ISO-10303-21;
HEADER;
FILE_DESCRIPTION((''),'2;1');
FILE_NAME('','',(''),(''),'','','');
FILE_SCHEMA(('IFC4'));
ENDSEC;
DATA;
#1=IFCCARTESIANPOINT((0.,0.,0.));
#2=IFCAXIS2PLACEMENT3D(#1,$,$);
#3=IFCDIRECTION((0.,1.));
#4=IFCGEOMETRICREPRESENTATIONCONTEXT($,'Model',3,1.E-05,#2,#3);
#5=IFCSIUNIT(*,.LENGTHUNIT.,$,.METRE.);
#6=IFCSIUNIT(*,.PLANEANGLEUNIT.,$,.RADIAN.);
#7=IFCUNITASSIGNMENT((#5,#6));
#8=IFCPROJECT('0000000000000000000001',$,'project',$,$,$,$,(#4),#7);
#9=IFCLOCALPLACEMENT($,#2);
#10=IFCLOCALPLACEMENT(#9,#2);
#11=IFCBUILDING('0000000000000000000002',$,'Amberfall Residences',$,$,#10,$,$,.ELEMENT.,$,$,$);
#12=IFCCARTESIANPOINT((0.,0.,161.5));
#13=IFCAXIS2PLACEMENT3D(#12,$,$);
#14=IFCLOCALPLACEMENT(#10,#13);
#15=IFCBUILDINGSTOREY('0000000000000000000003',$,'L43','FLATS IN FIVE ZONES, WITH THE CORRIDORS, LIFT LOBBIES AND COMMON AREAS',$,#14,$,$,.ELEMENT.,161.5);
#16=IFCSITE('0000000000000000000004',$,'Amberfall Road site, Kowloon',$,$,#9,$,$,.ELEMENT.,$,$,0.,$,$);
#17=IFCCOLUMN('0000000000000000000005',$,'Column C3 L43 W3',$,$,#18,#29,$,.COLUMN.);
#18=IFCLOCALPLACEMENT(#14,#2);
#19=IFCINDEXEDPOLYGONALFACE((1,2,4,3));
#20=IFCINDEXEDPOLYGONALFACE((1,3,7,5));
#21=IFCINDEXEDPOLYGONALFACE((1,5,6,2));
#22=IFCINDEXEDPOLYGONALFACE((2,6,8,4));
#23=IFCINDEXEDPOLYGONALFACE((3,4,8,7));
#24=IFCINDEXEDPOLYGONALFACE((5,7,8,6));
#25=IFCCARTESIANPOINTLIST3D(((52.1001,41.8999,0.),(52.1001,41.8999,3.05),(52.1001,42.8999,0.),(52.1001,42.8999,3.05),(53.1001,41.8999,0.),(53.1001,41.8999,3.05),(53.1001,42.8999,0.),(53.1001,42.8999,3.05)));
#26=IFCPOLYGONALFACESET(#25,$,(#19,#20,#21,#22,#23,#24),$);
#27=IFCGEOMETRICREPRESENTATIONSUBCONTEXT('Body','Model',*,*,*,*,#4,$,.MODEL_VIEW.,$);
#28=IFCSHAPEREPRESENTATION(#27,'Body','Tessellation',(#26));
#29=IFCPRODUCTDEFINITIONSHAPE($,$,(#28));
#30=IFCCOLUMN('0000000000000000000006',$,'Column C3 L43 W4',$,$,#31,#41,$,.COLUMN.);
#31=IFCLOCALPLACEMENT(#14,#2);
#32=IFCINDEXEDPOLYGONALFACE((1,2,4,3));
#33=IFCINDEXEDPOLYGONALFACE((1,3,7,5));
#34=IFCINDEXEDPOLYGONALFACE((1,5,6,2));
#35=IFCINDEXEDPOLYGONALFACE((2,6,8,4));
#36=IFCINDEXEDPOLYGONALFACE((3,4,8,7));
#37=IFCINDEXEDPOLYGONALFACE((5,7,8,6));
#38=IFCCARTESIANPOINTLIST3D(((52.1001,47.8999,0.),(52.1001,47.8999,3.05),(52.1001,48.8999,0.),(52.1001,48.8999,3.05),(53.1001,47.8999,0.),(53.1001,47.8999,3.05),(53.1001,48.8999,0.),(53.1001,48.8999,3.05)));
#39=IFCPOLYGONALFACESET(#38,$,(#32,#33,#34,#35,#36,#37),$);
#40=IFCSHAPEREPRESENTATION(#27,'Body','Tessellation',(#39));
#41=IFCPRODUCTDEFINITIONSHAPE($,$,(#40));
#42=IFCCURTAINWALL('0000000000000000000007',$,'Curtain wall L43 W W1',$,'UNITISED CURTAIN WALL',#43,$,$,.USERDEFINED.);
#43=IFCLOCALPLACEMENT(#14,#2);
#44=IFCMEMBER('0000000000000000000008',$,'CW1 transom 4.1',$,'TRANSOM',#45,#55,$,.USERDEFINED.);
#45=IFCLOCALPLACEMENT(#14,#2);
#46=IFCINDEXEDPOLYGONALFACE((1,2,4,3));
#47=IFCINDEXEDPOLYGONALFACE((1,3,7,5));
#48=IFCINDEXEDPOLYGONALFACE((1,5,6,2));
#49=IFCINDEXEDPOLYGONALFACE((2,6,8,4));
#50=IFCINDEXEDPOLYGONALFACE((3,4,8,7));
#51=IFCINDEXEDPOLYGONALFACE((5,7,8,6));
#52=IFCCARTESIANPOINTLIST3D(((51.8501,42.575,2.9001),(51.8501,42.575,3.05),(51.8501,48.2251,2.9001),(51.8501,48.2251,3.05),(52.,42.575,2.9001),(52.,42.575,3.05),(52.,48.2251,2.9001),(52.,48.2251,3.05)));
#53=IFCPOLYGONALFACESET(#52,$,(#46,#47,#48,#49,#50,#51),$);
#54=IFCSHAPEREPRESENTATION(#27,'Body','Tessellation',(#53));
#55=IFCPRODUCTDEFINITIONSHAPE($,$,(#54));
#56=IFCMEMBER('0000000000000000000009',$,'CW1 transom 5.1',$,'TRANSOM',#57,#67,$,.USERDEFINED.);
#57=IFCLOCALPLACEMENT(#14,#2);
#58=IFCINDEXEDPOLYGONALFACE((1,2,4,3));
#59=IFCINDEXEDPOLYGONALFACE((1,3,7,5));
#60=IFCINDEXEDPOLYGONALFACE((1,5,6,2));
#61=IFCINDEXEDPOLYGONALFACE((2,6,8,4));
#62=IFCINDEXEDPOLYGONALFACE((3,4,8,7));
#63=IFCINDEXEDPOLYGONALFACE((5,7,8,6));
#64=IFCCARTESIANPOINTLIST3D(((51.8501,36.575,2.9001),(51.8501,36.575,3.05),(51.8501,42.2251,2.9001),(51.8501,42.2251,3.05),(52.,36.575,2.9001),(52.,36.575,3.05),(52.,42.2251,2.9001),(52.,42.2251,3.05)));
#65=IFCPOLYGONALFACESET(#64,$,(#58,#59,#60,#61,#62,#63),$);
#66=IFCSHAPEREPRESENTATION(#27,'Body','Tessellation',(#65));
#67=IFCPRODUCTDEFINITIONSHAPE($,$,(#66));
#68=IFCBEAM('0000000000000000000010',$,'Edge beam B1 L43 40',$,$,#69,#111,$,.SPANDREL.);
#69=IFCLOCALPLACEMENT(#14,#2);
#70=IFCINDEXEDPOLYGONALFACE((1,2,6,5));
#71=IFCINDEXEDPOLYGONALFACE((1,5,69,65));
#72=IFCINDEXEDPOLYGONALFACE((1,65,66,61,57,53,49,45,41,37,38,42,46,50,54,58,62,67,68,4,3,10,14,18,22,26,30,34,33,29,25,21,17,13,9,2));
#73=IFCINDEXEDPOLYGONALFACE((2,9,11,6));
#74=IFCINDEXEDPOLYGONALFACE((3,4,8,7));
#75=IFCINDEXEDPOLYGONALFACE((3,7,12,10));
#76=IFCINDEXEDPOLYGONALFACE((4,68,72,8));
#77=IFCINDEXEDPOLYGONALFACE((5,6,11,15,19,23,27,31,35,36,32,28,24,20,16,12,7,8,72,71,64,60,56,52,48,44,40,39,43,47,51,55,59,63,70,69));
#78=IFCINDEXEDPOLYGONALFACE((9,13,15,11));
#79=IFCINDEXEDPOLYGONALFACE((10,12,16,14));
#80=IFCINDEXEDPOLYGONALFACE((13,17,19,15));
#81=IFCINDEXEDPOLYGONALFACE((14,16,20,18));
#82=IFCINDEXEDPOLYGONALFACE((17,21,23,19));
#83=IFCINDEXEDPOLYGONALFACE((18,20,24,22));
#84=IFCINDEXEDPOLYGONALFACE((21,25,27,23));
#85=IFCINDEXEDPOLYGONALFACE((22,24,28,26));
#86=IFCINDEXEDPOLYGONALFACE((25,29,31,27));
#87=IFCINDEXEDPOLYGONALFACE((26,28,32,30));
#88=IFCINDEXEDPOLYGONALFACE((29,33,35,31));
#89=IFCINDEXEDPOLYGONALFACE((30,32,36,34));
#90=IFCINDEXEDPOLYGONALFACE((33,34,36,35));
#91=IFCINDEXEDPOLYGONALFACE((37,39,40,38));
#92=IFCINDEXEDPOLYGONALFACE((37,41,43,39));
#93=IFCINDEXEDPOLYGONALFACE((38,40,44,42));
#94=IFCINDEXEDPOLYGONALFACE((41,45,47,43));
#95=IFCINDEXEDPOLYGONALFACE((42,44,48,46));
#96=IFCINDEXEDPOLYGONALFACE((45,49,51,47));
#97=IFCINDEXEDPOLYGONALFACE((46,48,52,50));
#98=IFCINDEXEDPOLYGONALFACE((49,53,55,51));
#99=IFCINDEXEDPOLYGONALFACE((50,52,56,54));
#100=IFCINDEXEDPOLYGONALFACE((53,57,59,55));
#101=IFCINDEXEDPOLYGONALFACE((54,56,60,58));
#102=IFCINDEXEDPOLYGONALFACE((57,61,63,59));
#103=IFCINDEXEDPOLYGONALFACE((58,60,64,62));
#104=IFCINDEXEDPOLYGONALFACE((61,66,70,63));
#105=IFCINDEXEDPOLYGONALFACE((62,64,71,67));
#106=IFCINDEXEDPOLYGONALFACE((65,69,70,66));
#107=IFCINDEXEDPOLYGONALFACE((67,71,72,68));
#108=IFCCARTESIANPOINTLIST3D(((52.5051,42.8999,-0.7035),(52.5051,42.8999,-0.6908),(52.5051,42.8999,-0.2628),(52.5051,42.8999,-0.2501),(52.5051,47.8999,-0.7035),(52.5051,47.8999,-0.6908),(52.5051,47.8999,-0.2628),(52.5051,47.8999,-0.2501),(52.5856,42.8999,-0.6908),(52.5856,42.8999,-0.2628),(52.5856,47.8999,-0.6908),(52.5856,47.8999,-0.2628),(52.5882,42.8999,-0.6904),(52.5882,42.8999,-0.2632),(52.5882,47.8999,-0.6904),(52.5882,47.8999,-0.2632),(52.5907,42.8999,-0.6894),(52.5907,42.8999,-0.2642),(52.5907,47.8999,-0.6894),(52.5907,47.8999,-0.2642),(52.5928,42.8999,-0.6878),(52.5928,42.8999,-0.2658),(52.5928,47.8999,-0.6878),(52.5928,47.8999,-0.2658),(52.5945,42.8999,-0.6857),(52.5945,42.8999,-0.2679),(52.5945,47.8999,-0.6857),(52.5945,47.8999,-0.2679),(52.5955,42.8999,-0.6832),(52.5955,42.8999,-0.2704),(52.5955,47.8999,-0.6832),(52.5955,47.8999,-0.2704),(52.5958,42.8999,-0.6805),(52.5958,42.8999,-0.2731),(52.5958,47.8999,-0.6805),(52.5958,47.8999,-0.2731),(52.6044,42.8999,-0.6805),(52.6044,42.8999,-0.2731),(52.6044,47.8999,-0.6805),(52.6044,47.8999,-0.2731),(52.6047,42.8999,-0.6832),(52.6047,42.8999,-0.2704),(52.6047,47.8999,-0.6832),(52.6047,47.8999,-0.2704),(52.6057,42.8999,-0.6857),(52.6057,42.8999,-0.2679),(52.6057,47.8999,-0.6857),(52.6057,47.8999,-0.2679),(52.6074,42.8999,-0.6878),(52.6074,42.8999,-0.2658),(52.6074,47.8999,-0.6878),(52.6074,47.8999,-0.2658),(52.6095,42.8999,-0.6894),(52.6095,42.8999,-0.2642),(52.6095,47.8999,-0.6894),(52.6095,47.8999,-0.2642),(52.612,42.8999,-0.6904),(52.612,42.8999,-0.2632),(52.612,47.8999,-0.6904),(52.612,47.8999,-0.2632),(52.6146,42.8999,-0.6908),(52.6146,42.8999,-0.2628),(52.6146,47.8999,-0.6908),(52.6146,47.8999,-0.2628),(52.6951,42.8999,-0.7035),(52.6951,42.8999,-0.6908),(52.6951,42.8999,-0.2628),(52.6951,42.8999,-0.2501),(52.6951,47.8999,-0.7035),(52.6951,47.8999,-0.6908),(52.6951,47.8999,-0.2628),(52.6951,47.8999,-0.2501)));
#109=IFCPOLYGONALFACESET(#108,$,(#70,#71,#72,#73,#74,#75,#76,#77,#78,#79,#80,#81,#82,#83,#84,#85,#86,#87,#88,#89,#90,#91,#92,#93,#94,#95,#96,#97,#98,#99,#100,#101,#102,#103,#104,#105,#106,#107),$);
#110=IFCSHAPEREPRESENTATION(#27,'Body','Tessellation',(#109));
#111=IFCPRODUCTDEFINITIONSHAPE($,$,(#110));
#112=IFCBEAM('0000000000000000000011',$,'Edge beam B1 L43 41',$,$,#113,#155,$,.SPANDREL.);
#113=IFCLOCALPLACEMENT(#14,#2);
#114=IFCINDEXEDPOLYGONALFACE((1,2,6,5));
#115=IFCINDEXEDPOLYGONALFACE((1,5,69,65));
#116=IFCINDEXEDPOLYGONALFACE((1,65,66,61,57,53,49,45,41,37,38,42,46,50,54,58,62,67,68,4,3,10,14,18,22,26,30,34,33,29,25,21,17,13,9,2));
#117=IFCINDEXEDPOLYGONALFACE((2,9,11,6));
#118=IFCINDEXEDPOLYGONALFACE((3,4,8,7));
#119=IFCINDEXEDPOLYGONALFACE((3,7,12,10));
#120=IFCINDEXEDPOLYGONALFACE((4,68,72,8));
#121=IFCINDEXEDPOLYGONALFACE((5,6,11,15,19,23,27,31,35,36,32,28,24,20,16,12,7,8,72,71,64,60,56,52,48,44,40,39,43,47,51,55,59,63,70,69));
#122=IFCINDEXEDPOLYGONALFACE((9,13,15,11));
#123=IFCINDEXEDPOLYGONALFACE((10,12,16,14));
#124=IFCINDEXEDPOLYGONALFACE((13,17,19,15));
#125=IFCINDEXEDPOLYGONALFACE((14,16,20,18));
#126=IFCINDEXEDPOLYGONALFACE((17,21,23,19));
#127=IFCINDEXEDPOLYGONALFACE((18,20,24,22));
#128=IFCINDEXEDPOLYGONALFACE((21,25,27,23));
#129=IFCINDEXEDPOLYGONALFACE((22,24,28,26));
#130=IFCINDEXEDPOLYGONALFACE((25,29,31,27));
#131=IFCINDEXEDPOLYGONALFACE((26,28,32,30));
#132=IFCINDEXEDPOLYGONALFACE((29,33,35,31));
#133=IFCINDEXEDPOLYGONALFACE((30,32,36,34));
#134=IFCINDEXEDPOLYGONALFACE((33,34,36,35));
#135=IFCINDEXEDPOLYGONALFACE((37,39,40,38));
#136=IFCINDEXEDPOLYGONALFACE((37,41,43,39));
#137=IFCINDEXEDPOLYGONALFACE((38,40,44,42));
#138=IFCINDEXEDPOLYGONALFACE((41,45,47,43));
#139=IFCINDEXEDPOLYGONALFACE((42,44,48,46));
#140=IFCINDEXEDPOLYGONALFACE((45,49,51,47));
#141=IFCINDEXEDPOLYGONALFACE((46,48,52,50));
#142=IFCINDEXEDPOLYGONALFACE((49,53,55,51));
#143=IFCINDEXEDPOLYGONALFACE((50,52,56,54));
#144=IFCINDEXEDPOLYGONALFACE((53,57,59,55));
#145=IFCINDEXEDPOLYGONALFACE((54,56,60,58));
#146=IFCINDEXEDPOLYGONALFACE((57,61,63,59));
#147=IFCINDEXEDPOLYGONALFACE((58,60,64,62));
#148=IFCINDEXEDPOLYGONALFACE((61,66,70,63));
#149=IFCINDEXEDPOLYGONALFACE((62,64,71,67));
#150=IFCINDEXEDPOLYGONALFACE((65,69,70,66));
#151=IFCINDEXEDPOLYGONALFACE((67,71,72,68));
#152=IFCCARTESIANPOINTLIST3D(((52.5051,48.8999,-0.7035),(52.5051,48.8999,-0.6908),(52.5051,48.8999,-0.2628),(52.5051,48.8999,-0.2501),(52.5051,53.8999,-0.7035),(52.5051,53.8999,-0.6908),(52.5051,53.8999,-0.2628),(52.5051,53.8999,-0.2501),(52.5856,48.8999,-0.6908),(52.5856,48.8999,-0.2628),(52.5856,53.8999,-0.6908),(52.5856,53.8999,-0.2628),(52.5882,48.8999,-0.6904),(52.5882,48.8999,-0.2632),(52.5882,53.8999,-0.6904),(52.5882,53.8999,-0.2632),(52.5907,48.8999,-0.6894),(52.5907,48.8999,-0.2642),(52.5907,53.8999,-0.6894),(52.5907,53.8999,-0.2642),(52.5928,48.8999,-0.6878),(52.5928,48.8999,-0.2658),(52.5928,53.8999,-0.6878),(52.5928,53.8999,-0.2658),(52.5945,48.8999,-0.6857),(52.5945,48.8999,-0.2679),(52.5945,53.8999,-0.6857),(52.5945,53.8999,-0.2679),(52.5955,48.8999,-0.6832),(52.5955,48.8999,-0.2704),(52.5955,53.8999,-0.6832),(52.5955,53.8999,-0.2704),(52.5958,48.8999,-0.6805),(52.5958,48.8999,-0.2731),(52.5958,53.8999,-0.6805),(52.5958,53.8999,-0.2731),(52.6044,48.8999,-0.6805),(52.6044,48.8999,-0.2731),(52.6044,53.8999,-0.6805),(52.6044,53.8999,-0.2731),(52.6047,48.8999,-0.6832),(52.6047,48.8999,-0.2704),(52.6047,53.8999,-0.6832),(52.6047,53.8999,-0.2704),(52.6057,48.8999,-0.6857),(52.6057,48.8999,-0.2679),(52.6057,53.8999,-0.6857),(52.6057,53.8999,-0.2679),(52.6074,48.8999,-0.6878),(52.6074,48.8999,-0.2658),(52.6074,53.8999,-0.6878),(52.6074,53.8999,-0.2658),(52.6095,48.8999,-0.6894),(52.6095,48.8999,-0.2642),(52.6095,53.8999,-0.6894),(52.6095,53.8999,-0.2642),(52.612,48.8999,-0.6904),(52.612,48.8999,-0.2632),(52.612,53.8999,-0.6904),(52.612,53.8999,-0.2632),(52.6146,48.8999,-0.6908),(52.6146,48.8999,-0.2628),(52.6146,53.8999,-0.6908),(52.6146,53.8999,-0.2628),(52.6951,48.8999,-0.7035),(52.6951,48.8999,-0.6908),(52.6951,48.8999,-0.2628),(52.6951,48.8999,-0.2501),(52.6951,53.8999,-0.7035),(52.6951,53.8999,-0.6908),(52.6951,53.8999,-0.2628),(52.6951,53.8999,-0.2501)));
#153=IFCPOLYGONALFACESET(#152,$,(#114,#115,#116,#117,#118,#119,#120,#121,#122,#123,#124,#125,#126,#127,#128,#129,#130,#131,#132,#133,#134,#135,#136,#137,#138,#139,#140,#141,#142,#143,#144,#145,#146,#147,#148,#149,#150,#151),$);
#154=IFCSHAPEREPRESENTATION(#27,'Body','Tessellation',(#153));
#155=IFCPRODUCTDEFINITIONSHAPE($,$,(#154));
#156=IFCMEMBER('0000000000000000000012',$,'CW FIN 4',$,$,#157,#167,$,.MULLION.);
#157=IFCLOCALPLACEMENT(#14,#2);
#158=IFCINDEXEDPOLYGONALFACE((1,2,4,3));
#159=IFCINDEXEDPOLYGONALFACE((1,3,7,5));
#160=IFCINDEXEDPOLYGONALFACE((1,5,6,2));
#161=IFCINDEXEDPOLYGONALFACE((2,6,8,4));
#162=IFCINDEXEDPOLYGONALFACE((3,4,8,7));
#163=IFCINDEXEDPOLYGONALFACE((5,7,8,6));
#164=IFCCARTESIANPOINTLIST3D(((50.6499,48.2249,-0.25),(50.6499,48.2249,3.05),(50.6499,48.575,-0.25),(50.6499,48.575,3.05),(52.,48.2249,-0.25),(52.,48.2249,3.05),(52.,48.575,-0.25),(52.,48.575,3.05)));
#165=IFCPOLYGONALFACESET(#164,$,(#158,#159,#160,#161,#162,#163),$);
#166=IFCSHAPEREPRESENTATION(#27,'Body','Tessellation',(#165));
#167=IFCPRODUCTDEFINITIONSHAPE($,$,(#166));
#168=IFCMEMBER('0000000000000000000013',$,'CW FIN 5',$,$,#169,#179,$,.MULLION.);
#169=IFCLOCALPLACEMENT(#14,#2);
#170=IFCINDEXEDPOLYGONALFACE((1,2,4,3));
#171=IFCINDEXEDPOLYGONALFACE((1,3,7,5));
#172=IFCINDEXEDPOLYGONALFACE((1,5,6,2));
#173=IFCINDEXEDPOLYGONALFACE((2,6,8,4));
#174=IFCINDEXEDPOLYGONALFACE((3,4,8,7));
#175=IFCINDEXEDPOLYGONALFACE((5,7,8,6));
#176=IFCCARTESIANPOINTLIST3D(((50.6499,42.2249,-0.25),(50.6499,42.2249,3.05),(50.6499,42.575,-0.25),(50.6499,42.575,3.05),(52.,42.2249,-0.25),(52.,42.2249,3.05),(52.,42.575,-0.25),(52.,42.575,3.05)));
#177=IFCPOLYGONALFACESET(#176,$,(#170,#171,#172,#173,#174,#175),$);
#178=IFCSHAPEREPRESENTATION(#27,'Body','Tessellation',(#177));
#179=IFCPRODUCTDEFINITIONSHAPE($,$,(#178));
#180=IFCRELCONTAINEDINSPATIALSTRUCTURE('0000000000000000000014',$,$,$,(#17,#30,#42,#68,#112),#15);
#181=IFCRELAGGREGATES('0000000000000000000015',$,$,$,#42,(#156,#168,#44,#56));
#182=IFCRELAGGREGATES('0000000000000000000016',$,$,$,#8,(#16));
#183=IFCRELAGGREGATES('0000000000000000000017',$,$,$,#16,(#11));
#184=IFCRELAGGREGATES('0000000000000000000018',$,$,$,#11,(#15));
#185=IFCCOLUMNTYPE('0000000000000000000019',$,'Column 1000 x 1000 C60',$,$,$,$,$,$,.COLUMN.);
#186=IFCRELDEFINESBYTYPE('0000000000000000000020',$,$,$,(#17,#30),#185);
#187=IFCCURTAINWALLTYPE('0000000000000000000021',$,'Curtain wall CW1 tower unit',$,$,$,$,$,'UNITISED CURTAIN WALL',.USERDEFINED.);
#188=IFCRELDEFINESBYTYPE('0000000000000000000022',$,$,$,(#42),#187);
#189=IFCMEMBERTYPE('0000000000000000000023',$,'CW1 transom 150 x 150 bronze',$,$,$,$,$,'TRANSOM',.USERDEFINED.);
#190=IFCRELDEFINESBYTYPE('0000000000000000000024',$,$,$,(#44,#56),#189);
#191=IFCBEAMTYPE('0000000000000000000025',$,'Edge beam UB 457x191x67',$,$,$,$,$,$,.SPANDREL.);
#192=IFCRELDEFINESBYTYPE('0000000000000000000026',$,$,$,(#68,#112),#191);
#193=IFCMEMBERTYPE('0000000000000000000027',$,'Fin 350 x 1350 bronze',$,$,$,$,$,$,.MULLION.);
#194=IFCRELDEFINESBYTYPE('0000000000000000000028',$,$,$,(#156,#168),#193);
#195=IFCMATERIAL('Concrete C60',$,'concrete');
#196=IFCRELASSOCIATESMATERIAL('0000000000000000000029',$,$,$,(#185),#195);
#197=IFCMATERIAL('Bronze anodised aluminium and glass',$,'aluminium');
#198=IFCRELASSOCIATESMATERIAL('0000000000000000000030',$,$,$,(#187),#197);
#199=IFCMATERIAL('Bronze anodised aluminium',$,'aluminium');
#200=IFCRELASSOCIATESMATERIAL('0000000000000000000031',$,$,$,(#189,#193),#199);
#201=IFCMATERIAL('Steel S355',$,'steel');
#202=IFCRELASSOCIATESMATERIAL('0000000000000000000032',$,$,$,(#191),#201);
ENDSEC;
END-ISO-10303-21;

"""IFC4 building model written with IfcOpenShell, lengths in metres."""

from ifc_helpers import new_model, si_unit, direction, frame, origin, origin_2d, place, context, subcontext, project, spatial, rectangle, i_section, extrude, material, material_profile, profile_set, type_object, element, aggregate, save


model = new_model("IFC4")

# Units and contexts
model_context = context("Model", 3, precision=1e-05, world=origin(), true_north=direction((0.0, 1.0)))
body_context = subcontext(model_context, "Body", "Model", "MODEL_VIEW")
ifc_project = project(units=[si_unit("LENGTHUNIT", "METRE"), si_unit("PLANEANGLEUNIT", "RADIAN")], contexts=[model_context])

# Site, building, storey
site_placement = place(None, origin())
site = spatial("IfcSite", under=ifc_project, at=site_placement, Name="Amberfall Road site, Kowloon", CompositionType="ELEMENT", RefElevation=0.0)
building_placement = place(site_placement, origin())
building = spatial("IfcBuilding", under=site, at=building_placement, Name="Amberfall Residences", CompositionType="ELEMENT")
storey_placement = place(building_placement, frame((0.0, 0.0, 161.5)))
storey = spatial("IfcBuildingStorey", under=building, at=storey_placement, Name="L43", Description="FLATS IN FIVE ZONES, WITH THE CORRIDORS, LIFT LOBBIES AND COMMON AREAS", CompositionType="ELEMENT", Elevation=161.5)

# Columns
ifc_material_1 = material(Name="Concrete C60", Category="concrete")
ifc_material_profile_1 = material_profile(ifc_material_1, rectangle(XDim=1.0, YDim=1.0, at=origin_2d()), Name="Column 1000 x 1000 C60")
ifc_profile_set_1 = profile_set([ifc_material_profile_1], Name="Concrete C60")
column_type = type_object("IfcColumnType", Name="Column 1000 x 1000 C60", PredefinedType="COLUMN", material=ifc_profile_set_1)
for number, where, z_axis, x_axis, name in (
    (1, (52.6001, 42.3999, 0.0), (0.0, 0.0, 1.0), (1.0, 0.0, 0.0), "Column C3 L43 W3"),
    (2, (52.6001, 48.3999, 0.0), (0.0, 0.0, 1.0), (1.0, 0.0, 0.0), "Column C3 L43 W4"),
):
    element("IfcColumn", number, at=place(storey_placement, frame(where, z_axis=z_axis, x_axis=x_axis)), inside=storey, type_object=column_type, Name=name, PredefinedType="COLUMN", context=body_context, shape_type="SweptSolid", body=[
        extrude(rectangle(XDim=1.0, YDim=1.0, at=origin_2d()), origin(), (0.0, 0.0, 1.0), 3.05),
    ])

# Curtain wall, members
ifc_material_2 = material(Name="Bronze anodised aluminium and glass", Category="aluminium")
curtain_wall_type = type_object("IfcCurtainWallType", Name="Curtain wall CW1 tower unit", ElementType="UNITISED CURTAIN WALL", PredefinedType="USERDEFINED", material=ifc_material_2)
curtain_wall_placement = place(storey_placement, origin())
curtain_wall = element("IfcCurtainWall", 3, at=curtain_wall_placement, inside=storey, type_object=curtain_wall_type, Name="Curtain wall L43 W W1", ObjectType="UNITISED CURTAIN WALL", PredefinedType="USERDEFINED")
ifc_material_3 = material(Name="Bronze anodised aluminium", Category="aluminium")
ifc_material_profile_2 = material_profile(ifc_material_3, rectangle(XDim=0.1499, YDim=0.1499, at=origin_2d()), Name="CW1 transom 150 x 150 bronze")
ifc_profile_set_2 = profile_set([ifc_material_profile_2], Name="Bronze anodised aluminium")
member_type_1 = type_object("IfcMemberType", Name="CW1 transom 150 x 150 bronze", ElementType="TRANSOM", PredefinedType="USERDEFINED", material=ifc_profile_set_2)
member_1_placement = place(storey_placement, frame((51.925, 48.2251, 2.9751), z_axis=(0.0, -1.0, 0.0), x_axis=(1.0, 0.0, 0.0)))
member_1 = element("IfcMember", 4, at=member_1_placement, type_object=member_type_1, Name="CW1 transom 4.1", ObjectType="TRANSOM", PredefinedType="USERDEFINED", context=body_context, shape_type="SweptSolid", body=[
    extrude(rectangle(XDim=0.1499, YDim=0.1499, at=origin_2d()), origin(), (0.0, 0.0, 1.0), 5.6501),
])
member_2_placement = place(storey_placement, frame((51.925, 42.2251, 2.9751), z_axis=(0.0, -1.0, 0.0), x_axis=(1.0, 0.0, 0.0)))
member_2 = element("IfcMember", 5, at=member_2_placement, type_object=member_type_1, Name="CW1 transom 5.1", ObjectType="TRANSOM", PredefinedType="USERDEFINED", context=body_context, shape_type="SweptSolid", body=[
    extrude(rectangle(XDim=0.1499, YDim=0.1499, at=origin_2d()), origin(), (0.0, 0.0, 1.0), 5.6501),
])

# Beams
ifc_material_4 = material(Name="Steel S355", Category="steel")
ifc_material_profile_3 = material_profile(ifc_material_4, i_section(OverallWidth=0.1899, OverallDepth=0.4534, WebThickness=0.0085, FlangeThickness=0.0127, FilletRadius=0.0103, at=origin_2d()), Name="UB 457x191x67")
ifc_profile_set_3 = profile_set([ifc_material_profile_3], Name="Steel S355")
beam_type_1 = type_object("IfcBeamType", Name="Edge beam UB 457x191x67", PredefinedType="SPANDREL", material=ifc_profile_set_3)
for number, where, z_axis, x_axis, name in (
    (6, (52.6001, 42.8999, -0.4768), (0.0, 1.0, 0.0), (-1.0, 0.0, 0.0), "Edge beam B1 L43 40"),
    (7, (52.6001, 48.8999, -0.4768), (0.0, 1.0, 0.0), (-1.0, 0.0, 0.0), "Edge beam B1 L43 41"),
):
    element("IfcBeam", number, at=place(storey_placement, frame(where, z_axis=z_axis, x_axis=x_axis)), inside=storey, type_object=beam_type_1, Name=name, PredefinedType="SPANDREL", context=body_context, shape_type="SweptSolid", body=[
        extrude(i_section(OverallWidth=0.1899, OverallDepth=0.4534, WebThickness=0.0085, FlangeThickness=0.0127, FilletRadius=0.0103, at=origin_2d()), origin(), (0.0, 0.0, 1.0), 5.0),
    ])

# Members
ifc_material_profile_4 = material_profile(ifc_material_3, rectangle(XDim=1.3501, YDim=0.3501, at=origin_2d()), Name="Fin 350 x 1350 bronze")
ifc_profile_set_4 = profile_set([ifc_material_profile_4], Name="Bronze anodised aluminium")
member_type_2 = type_object("IfcMemberType", Name="Fin 350 x 1350 bronze", PredefinedType="MULLION", material=ifc_profile_set_4)
member_3_placement = place(storey_placement, frame((51.325, 48.3999, -0.25), z_axis=(0.0, 0.0, 1.0), x_axis=(1.0, 0.0, 0.0)))
member_3 = element("IfcMember", 8, at=member_3_placement, type_object=member_type_2, Name="CW FIN 4", PredefinedType="MULLION", context=body_context, shape_type="SweptSolid", body=[
    extrude(rectangle(XDim=1.3501, YDim=0.3501, at=origin_2d()), origin(), (0.0, 0.0, 1.0), 3.3),
])
member_4_placement = place(storey_placement, frame((51.325, 42.3999, -0.25), z_axis=(0.0, 0.0, 1.0), x_axis=(1.0, 0.0, 0.0)))
member_4 = element("IfcMember", 9, at=member_4_placement, type_object=member_type_2, Name="CW FIN 5", PredefinedType="MULLION", context=body_context, shape_type="SweptSolid", body=[
    extrude(rectangle(XDim=1.3501, YDim=0.3501, at=origin_2d()), origin(), (0.0, 0.0, 1.0), 3.3),
])

aggregate(curtain_wall, [member_3, member_4, member_1, member_2])

save(model, "model.ifc")
